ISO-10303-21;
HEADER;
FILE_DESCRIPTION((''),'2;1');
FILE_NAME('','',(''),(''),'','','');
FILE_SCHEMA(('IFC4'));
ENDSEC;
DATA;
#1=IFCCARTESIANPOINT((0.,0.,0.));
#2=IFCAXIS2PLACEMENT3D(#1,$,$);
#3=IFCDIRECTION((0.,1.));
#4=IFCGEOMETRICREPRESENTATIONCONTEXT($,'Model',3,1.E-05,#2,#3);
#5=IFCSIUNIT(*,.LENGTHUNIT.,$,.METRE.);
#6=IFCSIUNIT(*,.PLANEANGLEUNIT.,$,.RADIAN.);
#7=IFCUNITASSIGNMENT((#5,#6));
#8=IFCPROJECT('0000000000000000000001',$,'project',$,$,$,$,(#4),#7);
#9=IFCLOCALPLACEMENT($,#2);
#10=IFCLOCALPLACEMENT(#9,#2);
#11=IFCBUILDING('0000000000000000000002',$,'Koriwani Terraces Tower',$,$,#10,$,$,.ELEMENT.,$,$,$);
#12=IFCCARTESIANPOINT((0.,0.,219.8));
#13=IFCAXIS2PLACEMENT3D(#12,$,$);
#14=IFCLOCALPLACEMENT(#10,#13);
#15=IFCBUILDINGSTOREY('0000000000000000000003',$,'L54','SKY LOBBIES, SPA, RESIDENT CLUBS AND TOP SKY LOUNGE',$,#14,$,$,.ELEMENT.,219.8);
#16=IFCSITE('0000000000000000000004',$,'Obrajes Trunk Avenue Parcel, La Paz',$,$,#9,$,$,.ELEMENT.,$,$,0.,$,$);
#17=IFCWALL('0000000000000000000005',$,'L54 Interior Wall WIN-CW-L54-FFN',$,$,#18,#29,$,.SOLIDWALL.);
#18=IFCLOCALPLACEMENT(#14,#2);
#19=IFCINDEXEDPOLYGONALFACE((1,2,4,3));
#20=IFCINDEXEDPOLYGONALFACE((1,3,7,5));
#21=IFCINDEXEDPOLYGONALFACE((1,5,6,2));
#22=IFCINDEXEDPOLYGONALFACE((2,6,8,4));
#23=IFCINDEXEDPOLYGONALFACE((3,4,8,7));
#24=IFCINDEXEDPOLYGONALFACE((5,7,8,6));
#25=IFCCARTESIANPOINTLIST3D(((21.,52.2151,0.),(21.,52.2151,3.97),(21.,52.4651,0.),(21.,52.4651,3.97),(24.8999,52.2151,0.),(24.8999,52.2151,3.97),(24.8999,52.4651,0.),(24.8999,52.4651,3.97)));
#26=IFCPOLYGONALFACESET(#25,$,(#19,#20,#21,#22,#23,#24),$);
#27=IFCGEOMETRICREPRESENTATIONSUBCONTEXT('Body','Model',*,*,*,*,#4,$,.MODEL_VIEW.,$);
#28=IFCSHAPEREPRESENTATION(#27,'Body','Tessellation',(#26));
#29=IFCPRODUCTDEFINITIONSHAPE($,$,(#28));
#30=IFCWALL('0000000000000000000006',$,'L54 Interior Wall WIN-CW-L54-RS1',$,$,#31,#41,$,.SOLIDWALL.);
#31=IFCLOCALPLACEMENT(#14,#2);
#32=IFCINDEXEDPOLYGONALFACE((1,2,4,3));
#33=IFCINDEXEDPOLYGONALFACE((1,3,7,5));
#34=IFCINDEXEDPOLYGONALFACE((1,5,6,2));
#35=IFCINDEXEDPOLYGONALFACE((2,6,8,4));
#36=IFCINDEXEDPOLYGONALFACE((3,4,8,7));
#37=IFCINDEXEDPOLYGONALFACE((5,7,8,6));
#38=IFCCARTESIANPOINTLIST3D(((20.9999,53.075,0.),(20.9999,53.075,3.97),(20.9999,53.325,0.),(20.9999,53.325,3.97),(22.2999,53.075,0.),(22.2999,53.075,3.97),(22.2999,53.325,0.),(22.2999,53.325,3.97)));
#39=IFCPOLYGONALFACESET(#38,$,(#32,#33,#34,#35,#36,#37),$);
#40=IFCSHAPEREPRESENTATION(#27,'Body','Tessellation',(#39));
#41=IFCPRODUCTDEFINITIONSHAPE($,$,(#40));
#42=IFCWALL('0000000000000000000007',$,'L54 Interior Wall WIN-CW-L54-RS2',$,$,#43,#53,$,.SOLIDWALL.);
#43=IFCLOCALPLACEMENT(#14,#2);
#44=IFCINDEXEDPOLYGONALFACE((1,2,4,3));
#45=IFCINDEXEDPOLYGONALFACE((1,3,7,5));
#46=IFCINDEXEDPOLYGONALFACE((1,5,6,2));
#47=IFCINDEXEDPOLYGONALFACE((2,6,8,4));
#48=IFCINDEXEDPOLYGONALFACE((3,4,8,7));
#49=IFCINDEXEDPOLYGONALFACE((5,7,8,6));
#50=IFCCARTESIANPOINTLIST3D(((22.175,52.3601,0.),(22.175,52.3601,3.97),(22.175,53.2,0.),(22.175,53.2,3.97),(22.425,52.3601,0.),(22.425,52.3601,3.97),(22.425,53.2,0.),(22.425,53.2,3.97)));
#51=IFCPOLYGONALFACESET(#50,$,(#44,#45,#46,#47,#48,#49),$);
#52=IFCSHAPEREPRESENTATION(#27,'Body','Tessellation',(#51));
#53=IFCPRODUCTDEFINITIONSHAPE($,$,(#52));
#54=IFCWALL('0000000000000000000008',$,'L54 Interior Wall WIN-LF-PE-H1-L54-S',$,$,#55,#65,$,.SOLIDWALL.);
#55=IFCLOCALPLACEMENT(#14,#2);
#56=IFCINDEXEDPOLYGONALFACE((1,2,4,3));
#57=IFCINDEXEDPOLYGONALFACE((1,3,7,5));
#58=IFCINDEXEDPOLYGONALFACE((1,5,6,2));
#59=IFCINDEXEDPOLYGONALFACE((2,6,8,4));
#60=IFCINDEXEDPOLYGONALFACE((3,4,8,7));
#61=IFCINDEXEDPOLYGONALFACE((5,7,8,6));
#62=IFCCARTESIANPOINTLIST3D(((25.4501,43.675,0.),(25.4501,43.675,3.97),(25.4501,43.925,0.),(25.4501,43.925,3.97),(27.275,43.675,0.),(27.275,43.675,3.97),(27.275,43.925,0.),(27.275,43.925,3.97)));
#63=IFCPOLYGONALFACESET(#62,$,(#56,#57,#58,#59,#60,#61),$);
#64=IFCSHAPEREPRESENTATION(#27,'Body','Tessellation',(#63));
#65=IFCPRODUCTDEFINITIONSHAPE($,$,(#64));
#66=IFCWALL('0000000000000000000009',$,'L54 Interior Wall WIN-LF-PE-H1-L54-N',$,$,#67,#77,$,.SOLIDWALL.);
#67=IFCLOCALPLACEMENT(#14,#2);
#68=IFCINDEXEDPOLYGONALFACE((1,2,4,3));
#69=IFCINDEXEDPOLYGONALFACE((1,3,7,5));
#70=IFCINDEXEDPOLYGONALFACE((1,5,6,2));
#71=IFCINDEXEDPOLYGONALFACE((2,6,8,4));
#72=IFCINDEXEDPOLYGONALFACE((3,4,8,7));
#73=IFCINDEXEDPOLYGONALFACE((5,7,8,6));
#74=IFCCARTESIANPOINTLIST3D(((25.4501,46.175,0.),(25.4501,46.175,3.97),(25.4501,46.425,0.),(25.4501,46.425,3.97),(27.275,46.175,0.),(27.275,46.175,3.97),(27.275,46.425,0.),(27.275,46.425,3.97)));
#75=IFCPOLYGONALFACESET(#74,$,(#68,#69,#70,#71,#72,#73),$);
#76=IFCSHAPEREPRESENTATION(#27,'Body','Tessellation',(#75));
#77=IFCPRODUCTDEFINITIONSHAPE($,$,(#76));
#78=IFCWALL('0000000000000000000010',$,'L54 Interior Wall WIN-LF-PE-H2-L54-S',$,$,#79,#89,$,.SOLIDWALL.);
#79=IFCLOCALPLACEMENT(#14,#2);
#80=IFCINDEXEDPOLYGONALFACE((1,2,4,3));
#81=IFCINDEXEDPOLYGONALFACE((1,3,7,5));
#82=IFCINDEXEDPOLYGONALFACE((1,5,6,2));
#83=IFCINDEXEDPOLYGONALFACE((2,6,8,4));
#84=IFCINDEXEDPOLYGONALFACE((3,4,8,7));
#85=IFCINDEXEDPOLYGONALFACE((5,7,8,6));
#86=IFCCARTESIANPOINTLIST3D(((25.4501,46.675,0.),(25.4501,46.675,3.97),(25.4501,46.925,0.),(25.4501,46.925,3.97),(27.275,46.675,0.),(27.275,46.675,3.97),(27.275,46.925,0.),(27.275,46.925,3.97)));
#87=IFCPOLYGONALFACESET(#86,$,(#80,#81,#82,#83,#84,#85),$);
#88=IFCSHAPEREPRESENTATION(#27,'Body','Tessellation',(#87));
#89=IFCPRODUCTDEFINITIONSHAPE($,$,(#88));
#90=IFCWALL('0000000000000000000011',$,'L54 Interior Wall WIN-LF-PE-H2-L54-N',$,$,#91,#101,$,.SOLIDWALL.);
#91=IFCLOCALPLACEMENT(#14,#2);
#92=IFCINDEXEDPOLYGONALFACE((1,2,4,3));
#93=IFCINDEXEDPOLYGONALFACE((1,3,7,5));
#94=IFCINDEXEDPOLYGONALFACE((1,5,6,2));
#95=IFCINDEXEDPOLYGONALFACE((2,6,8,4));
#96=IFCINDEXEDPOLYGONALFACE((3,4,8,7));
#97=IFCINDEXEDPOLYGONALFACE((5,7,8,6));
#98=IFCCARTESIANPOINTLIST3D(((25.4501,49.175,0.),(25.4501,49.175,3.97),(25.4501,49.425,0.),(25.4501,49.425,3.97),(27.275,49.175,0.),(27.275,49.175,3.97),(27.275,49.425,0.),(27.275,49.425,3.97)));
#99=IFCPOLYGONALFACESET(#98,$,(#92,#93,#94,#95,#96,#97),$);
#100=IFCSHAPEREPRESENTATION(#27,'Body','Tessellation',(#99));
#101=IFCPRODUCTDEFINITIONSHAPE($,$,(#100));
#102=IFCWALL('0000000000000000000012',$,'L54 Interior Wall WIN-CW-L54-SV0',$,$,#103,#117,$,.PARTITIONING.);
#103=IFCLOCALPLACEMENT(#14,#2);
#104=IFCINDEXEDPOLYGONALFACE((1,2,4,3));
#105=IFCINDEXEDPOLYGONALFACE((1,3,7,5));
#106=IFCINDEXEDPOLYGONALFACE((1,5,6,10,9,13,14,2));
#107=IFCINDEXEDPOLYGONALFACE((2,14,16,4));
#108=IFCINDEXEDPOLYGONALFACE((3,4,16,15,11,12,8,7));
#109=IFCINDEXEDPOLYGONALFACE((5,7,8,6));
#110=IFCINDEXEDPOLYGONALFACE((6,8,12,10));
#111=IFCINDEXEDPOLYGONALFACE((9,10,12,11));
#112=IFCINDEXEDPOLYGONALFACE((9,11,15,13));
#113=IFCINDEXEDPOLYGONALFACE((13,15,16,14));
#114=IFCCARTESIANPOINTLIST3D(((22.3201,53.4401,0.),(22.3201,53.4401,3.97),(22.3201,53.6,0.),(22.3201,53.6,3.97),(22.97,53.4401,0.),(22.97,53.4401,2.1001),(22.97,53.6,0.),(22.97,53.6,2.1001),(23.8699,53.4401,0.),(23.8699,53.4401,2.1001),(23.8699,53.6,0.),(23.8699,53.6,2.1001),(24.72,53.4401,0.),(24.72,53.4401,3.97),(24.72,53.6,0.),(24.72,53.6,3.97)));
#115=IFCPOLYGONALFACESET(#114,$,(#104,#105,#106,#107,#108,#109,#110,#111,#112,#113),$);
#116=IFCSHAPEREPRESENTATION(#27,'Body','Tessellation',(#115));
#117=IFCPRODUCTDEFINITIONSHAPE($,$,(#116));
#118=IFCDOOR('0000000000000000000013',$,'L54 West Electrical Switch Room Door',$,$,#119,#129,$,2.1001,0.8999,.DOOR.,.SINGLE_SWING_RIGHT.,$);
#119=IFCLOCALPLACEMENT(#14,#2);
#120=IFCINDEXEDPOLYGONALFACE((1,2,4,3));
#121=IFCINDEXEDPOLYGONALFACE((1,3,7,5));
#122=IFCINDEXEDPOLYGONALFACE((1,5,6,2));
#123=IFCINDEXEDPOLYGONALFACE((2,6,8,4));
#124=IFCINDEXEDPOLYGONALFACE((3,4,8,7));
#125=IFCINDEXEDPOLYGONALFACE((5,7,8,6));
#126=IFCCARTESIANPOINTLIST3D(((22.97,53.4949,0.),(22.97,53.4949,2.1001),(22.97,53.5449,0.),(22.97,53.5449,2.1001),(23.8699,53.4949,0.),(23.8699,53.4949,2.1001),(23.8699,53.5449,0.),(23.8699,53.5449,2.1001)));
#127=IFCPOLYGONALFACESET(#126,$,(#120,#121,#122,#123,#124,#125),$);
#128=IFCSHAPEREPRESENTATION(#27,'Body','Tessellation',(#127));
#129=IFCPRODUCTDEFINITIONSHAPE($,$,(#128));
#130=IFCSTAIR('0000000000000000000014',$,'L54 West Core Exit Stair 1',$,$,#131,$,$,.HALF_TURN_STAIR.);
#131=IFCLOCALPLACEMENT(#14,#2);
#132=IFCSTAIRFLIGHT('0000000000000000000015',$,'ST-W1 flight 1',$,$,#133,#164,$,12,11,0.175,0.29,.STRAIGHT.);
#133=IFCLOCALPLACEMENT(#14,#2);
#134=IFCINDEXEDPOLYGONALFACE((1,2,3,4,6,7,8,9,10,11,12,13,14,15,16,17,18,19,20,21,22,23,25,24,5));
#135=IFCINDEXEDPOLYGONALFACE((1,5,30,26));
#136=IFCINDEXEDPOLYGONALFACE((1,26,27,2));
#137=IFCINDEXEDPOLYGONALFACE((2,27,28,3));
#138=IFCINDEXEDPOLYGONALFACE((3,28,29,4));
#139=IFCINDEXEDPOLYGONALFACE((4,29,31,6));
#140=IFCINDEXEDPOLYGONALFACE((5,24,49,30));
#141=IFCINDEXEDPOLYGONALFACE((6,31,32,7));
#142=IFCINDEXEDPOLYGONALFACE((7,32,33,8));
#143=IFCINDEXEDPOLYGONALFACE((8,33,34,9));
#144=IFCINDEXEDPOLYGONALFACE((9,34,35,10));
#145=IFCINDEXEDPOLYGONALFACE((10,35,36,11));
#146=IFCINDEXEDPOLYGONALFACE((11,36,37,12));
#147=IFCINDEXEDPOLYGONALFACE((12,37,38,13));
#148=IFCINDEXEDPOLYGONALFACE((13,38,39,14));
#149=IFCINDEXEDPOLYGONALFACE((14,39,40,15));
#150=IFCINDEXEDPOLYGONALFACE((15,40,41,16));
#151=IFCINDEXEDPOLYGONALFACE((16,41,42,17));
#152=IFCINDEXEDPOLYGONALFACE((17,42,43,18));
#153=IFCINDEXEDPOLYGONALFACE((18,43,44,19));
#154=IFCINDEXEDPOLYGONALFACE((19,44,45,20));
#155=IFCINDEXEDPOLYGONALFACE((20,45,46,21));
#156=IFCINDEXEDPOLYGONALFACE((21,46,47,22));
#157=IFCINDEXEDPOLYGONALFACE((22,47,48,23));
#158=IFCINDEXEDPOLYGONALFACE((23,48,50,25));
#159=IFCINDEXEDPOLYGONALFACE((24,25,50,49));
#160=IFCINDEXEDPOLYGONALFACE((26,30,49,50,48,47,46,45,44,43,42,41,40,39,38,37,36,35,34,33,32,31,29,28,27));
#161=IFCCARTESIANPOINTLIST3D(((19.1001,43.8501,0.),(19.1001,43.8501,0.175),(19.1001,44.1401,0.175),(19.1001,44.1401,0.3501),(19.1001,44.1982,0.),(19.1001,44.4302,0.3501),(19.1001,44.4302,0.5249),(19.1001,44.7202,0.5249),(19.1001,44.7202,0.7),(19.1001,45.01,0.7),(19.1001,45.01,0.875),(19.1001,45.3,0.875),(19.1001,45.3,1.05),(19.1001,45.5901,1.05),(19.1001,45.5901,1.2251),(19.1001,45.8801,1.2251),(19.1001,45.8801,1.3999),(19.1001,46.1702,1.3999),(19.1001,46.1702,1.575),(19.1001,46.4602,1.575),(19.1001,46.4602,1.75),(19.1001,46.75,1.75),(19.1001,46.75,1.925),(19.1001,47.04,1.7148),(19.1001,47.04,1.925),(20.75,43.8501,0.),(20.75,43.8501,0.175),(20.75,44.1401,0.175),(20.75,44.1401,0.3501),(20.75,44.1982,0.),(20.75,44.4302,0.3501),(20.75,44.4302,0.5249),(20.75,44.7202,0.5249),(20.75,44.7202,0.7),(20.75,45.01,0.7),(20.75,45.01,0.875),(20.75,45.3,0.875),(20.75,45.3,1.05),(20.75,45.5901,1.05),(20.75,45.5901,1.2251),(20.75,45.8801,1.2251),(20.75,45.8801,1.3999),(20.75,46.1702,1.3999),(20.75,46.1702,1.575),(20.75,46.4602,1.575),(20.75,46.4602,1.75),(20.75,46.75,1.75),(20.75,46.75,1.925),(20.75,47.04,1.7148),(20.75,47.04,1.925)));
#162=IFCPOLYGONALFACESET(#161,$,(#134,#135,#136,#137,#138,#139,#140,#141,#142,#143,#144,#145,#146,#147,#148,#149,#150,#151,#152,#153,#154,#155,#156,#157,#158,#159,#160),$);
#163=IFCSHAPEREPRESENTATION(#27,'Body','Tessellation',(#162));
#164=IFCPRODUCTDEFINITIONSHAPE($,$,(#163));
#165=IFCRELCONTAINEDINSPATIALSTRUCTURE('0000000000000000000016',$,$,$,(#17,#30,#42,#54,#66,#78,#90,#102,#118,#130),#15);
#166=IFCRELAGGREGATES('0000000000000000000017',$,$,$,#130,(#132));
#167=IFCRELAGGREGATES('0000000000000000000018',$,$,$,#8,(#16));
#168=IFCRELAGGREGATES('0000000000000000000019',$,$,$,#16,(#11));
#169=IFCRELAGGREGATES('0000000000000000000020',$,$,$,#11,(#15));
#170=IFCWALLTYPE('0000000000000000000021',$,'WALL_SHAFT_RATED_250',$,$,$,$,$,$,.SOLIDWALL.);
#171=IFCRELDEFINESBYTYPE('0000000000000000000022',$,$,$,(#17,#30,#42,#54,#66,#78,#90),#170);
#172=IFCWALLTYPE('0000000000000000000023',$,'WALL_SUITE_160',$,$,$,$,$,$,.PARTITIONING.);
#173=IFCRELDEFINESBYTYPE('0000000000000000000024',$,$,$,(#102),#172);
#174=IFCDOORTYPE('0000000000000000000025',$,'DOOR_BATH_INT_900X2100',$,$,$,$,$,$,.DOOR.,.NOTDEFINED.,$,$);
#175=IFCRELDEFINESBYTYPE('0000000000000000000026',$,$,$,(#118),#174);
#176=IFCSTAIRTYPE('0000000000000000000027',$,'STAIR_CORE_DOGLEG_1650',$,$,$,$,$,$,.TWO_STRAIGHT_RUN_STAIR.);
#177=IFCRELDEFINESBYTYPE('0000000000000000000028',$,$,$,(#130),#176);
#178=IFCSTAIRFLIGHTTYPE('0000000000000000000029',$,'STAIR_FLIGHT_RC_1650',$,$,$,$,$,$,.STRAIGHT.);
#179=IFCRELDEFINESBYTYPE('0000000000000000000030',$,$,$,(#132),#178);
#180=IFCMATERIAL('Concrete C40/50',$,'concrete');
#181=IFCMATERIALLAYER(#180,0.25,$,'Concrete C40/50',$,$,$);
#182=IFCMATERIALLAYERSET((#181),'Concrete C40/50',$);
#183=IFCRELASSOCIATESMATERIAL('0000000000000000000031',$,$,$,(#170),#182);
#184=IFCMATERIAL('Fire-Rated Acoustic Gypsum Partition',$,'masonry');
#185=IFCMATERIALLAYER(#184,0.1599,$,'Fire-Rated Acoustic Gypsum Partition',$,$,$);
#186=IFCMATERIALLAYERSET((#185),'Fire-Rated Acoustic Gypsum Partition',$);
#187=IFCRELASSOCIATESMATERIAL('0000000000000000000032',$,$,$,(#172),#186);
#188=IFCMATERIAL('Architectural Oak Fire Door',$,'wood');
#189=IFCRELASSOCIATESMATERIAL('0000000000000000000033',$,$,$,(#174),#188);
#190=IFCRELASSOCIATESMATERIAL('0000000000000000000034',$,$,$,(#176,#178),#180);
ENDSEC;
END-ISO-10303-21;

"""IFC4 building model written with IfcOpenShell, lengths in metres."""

from ifc_helpers import new_model, si_unit, direction, frame, frame_2d, origin, place, context, subcontext, project, spatial, polyline, rectangle, outline, extrude, material, layer, layer_set, type_object, element, fill, aggregate, save


model = new_model("IFC4")

# Units and contexts
model_context = context("Model", 3, precision=1e-05, world=origin(), true_north=direction((0.0, 1.0)))
body_context = subcontext(model_context, "Body", "Model", "MODEL_VIEW")
ifc_project = project(units=[si_unit("LENGTHUNIT", "METRE"), si_unit("PLANEANGLEUNIT", "RADIAN")], contexts=[model_context])

# Site, building, storey
site_placement = place(None, origin())
site = spatial("IfcSite", under=ifc_project, at=site_placement, Name="Obrajes Trunk Avenue Parcel, La Paz", CompositionType="ELEMENT", RefElevation=0.0)
building_placement = place(site_placement, origin())
building = spatial("IfcBuilding", under=site, at=building_placement, Name="Koriwani Terraces Tower", CompositionType="ELEMENT")
storey_placement = place(building_placement, frame((0.0, 0.0, 219.8)))
storey = spatial("IfcBuildingStorey", under=building, at=storey_placement, Name="L54", Description="SKY LOBBIES, SPA, RESIDENT CLUBS AND TOP SKY LOUNGE", CompositionType="ELEMENT", Elevation=219.8)

# Shared definitions
ifc_material_1 = material(Name="Concrete C40/50", Category="concrete")
ifc_layer_1 = layer(ifc_material_1, 0.25, Name="Concrete C40/50")
ifc_layer_set_1 = layer_set([ifc_layer_1], Name="Concrete C40/50")
wall_type_1 = type_object("IfcWallType", Name="WALL_SHAFT_RATED_250", PredefinedType="SOLIDWALL", material=ifc_layer_set_1)

# Wall
wall_1_placement = place(storey_placement, frame((21.0, 52.3401, 0.0), z_axis=(0.0, 0.0, 1.0), x_axis=(1.0, 0.0, 0.0)))
element("IfcWall", 1, at=wall_1_placement, inside=storey, type_object=wall_type_1, Name="L54 Interior Wall WIN-CW-L54-FFN", PredefinedType="SOLIDWALL", context=body_context, shape_type="SweptSolid", body=[
    extrude(rectangle(XDim=3.8999, YDim=0.25, at=frame_2d((1.95, 0.0))), origin(), (0.0, 0.0, 1.0), 3.97),
])

# Walls
wall_2_placement = place(storey_placement, frame((21.0, 53.2, 0.0), z_axis=(0.0, 0.0, 1.0), x_axis=(1.0, 0.0, 0.0)))
element("IfcWall", 2, at=wall_2_placement, inside=storey, type_object=wall_type_1, Name="L54 Interior Wall WIN-CW-L54-RS1", PredefinedType="SOLIDWALL", context=body_context, shape_type="SweptSolid", body=[
    extrude(rectangle(XDim=1.3, YDim=0.25, at=frame_2d((0.6499, 0.0))), origin(), (0.0, 0.0, 1.0), 3.97),
])
wall_3_placement = place(storey_placement, frame((22.3, 52.3601, 0.0), z_axis=(0.0, 0.0, 1.0), x_axis=(0.0, 1.0, 0.0)))
element("IfcWall", 3, at=wall_3_placement, inside=storey, type_object=wall_type_1, Name="L54 Interior Wall WIN-CW-L54-RS2", PredefinedType="SOLIDWALL", context=body_context, shape_type="SweptSolid", body=[
    extrude(rectangle(XDim=0.8398, YDim=0.25, at=frame_2d((0.4199, 0.0))), origin(), (0.0, 0.0, 1.0), 3.97),
])
for number, where, z_axis, x_axis, name in (
    (4, (25.45, 43.8, 0.0), (0.0, 0.0, 1.0), (1.0, 0.0, 0.0), "L54 Interior Wall WIN-LF-PE-H1-L54-S"),
    (5, (25.45, 46.3, 0.0), (0.0, 0.0, 1.0), (1.0, 0.0, 0.0), "L54 Interior Wall WIN-LF-PE-H1-L54-N"),
    (6, (25.45, 46.8, 0.0), (0.0, 0.0, 1.0), (1.0, 0.0, 0.0), "L54 Interior Wall WIN-LF-PE-H2-L54-S"),
    (7, (25.45, 49.3, 0.0), (0.0, 0.0, 1.0), (1.0, 0.0, 0.0), "L54 Interior Wall WIN-LF-PE-H2-L54-N"),
):
    element("IfcWall", number, at=place(storey_placement, frame(where, z_axis=z_axis, x_axis=x_axis)), inside=storey, type_object=wall_type_1, Name=name, PredefinedType="SOLIDWALL", context=body_context, shape_type="SweptSolid", body=[
        extrude(rectangle(XDim=1.825, YDim=0.25, at=frame_2d((0.9126, 0.0))), origin(), (0.0, 0.0, 1.0), 3.97),
    ])

# Wall, opening, door
ifc_material_2 = material(Name="Fire-Rated Acoustic Gypsum Partition", Category="masonry")
ifc_layer_2 = layer(ifc_material_2, 0.1599, Name="Fire-Rated Acoustic Gypsum Partition")
ifc_layer_set_2 = layer_set([ifc_layer_2], Name="Fire-Rated Acoustic Gypsum Partition")
wall_type_2 = type_object("IfcWallType", Name="WALL_SUITE_160", PredefinedType="PARTITIONING", material=ifc_layer_set_2)
wall_4_placement = place(storey_placement, frame((22.3201, 53.52, 0.0), z_axis=(0.0, 0.0, 1.0), x_axis=(1.0, 0.0, 0.0)))
wall_4 = element("IfcWall", 8, at=wall_4_placement, inside=storey, type_object=wall_type_2, Name="L54 Interior Wall WIN-CW-L54-SV0", PredefinedType="PARTITIONING", context=body_context, shape_type="SweptSolid", body=[
    extrude(rectangle(XDim=2.3999, YDim=0.1599, at=frame_2d((1.2, 0.0))), origin(), (0.0, 0.0, 1.0), 3.97),
])
opening_1_placement = place(wall_4_placement, frame((0.6499, 0.0, 0.0)))
opening_1 = element("IfcOpeningElement", 9, at=opening_1_placement, cuts=wall_4, PredefinedType="OPENING", context=body_context, shape_type="SweptSolid", body=[
    extrude(rectangle(XDim=0.8999, YDim=2.1001, at=frame_2d((0.45, 1.05))), frame((0.0, 0.0898, 0.0), z_axis=(0.0, -1.0, 0.0), x_axis=(1.0, 0.0, 0.0)), (0.0, 0.0, 1.0), 0.1799),
])
ifc_material_3 = material(Name="Architectural Oak Fire Door", Category="wood")
door_type_1 = type_object("IfcDoorType", Name="DOOR_BATH_INT_900X2100", OperationType="NOTDEFINED", PredefinedType="DOOR", material=ifc_material_3)
door_1_placement = place(opening_1_placement, origin())
door_1 = element("IfcDoor", 10, at=door_1_placement, inside=storey, type_object=door_type_1, Name="L54 West Electrical Switch Room Door", OperationType="SINGLE_SWING_RIGHT", OverallHeight=2.1001, OverallWidth=0.8999, PredefinedType="DOOR", context=body_context, shape_type="SweptSolid", body=[
    extrude(rectangle(XDim=0.8999, YDim=2.1001, at=frame_2d((0.45, 1.05))), frame((0.0, 0.0249, 0.0), z_axis=(0.0, -1.0, 0.0), x_axis=(1.0, 0.0, 0.0)), (0.0, 0.0, 1.0), 0.05),
])
fill(opening_1, door_1)

# Stair, stair flight
stair_type = type_object("IfcStairType", Name="STAIR_CORE_DOGLEG_1650", PredefinedType="TWO_STRAIGHT_RUN_STAIR", material=ifc_material_1)
stair_placement = place(storey_placement, origin())
stair = element("IfcStair", 11, at=stair_placement, inside=storey, type_object=stair_type, Name="L54 West Core Exit Stair 1", PredefinedType="HALF_TURN_STAIR")
stair_flight_type = type_object("IfcStairFlightType", Name="STAIR_FLIGHT_RC_1650", PredefinedType="STRAIGHT", material=ifc_material_1)
stair_flight_placement = place(storey_placement, frame((19.925, 43.8501, 0.0), z_axis=(0.0, 0.0, 1.0), x_axis=(0.0, 1.0, 0.0)))
stair_flight = element("IfcStairFlight", 12, at=stair_flight_placement, type_object=stair_flight_type, Name="ST-W1 flight 1", NumberOfRisers=12, NumberOfTreads=11, PredefinedType="STRAIGHT", RiserHeight=0.175, TreadLength=0.29, context=body_context, shape_type="SweptSolid", body=[
    extrude(outline(polyline([(0.0, 0.0), (0.0, 0.175), (0.29, 0.175), (0.29, 0.3501), (0.5801, 0.3501), (0.5801, 0.5249), (0.8701, 0.5249), (0.8701, 0.7), (1.1599, 0.7), (1.1599, 0.875), (1.45, 0.875), (1.45, 1.05), (1.74, 1.05), (1.74, 1.2251), (2.03, 1.2251), (2.03, 1.3999), (2.3201, 1.3999), (2.3201, 1.575), (2.6101, 1.575), (2.6101, 1.75), (2.8999, 1.75), (2.8999, 1.925), (3.1899, 1.925), (3.1899, 2.1001), (3.1899, 1.7148), (0.3481, 0.0), (0.0, 0.0)])), frame((0.0, 0.825, 0.0), z_axis=(0.0, -1.0, 0.0), x_axis=(1.0, 0.0, 0.0)), (0.0, 0.0, 1.0), 1.6499),
])
aggregate(stair, [stair_flight])

save(model, "model.ifc")
